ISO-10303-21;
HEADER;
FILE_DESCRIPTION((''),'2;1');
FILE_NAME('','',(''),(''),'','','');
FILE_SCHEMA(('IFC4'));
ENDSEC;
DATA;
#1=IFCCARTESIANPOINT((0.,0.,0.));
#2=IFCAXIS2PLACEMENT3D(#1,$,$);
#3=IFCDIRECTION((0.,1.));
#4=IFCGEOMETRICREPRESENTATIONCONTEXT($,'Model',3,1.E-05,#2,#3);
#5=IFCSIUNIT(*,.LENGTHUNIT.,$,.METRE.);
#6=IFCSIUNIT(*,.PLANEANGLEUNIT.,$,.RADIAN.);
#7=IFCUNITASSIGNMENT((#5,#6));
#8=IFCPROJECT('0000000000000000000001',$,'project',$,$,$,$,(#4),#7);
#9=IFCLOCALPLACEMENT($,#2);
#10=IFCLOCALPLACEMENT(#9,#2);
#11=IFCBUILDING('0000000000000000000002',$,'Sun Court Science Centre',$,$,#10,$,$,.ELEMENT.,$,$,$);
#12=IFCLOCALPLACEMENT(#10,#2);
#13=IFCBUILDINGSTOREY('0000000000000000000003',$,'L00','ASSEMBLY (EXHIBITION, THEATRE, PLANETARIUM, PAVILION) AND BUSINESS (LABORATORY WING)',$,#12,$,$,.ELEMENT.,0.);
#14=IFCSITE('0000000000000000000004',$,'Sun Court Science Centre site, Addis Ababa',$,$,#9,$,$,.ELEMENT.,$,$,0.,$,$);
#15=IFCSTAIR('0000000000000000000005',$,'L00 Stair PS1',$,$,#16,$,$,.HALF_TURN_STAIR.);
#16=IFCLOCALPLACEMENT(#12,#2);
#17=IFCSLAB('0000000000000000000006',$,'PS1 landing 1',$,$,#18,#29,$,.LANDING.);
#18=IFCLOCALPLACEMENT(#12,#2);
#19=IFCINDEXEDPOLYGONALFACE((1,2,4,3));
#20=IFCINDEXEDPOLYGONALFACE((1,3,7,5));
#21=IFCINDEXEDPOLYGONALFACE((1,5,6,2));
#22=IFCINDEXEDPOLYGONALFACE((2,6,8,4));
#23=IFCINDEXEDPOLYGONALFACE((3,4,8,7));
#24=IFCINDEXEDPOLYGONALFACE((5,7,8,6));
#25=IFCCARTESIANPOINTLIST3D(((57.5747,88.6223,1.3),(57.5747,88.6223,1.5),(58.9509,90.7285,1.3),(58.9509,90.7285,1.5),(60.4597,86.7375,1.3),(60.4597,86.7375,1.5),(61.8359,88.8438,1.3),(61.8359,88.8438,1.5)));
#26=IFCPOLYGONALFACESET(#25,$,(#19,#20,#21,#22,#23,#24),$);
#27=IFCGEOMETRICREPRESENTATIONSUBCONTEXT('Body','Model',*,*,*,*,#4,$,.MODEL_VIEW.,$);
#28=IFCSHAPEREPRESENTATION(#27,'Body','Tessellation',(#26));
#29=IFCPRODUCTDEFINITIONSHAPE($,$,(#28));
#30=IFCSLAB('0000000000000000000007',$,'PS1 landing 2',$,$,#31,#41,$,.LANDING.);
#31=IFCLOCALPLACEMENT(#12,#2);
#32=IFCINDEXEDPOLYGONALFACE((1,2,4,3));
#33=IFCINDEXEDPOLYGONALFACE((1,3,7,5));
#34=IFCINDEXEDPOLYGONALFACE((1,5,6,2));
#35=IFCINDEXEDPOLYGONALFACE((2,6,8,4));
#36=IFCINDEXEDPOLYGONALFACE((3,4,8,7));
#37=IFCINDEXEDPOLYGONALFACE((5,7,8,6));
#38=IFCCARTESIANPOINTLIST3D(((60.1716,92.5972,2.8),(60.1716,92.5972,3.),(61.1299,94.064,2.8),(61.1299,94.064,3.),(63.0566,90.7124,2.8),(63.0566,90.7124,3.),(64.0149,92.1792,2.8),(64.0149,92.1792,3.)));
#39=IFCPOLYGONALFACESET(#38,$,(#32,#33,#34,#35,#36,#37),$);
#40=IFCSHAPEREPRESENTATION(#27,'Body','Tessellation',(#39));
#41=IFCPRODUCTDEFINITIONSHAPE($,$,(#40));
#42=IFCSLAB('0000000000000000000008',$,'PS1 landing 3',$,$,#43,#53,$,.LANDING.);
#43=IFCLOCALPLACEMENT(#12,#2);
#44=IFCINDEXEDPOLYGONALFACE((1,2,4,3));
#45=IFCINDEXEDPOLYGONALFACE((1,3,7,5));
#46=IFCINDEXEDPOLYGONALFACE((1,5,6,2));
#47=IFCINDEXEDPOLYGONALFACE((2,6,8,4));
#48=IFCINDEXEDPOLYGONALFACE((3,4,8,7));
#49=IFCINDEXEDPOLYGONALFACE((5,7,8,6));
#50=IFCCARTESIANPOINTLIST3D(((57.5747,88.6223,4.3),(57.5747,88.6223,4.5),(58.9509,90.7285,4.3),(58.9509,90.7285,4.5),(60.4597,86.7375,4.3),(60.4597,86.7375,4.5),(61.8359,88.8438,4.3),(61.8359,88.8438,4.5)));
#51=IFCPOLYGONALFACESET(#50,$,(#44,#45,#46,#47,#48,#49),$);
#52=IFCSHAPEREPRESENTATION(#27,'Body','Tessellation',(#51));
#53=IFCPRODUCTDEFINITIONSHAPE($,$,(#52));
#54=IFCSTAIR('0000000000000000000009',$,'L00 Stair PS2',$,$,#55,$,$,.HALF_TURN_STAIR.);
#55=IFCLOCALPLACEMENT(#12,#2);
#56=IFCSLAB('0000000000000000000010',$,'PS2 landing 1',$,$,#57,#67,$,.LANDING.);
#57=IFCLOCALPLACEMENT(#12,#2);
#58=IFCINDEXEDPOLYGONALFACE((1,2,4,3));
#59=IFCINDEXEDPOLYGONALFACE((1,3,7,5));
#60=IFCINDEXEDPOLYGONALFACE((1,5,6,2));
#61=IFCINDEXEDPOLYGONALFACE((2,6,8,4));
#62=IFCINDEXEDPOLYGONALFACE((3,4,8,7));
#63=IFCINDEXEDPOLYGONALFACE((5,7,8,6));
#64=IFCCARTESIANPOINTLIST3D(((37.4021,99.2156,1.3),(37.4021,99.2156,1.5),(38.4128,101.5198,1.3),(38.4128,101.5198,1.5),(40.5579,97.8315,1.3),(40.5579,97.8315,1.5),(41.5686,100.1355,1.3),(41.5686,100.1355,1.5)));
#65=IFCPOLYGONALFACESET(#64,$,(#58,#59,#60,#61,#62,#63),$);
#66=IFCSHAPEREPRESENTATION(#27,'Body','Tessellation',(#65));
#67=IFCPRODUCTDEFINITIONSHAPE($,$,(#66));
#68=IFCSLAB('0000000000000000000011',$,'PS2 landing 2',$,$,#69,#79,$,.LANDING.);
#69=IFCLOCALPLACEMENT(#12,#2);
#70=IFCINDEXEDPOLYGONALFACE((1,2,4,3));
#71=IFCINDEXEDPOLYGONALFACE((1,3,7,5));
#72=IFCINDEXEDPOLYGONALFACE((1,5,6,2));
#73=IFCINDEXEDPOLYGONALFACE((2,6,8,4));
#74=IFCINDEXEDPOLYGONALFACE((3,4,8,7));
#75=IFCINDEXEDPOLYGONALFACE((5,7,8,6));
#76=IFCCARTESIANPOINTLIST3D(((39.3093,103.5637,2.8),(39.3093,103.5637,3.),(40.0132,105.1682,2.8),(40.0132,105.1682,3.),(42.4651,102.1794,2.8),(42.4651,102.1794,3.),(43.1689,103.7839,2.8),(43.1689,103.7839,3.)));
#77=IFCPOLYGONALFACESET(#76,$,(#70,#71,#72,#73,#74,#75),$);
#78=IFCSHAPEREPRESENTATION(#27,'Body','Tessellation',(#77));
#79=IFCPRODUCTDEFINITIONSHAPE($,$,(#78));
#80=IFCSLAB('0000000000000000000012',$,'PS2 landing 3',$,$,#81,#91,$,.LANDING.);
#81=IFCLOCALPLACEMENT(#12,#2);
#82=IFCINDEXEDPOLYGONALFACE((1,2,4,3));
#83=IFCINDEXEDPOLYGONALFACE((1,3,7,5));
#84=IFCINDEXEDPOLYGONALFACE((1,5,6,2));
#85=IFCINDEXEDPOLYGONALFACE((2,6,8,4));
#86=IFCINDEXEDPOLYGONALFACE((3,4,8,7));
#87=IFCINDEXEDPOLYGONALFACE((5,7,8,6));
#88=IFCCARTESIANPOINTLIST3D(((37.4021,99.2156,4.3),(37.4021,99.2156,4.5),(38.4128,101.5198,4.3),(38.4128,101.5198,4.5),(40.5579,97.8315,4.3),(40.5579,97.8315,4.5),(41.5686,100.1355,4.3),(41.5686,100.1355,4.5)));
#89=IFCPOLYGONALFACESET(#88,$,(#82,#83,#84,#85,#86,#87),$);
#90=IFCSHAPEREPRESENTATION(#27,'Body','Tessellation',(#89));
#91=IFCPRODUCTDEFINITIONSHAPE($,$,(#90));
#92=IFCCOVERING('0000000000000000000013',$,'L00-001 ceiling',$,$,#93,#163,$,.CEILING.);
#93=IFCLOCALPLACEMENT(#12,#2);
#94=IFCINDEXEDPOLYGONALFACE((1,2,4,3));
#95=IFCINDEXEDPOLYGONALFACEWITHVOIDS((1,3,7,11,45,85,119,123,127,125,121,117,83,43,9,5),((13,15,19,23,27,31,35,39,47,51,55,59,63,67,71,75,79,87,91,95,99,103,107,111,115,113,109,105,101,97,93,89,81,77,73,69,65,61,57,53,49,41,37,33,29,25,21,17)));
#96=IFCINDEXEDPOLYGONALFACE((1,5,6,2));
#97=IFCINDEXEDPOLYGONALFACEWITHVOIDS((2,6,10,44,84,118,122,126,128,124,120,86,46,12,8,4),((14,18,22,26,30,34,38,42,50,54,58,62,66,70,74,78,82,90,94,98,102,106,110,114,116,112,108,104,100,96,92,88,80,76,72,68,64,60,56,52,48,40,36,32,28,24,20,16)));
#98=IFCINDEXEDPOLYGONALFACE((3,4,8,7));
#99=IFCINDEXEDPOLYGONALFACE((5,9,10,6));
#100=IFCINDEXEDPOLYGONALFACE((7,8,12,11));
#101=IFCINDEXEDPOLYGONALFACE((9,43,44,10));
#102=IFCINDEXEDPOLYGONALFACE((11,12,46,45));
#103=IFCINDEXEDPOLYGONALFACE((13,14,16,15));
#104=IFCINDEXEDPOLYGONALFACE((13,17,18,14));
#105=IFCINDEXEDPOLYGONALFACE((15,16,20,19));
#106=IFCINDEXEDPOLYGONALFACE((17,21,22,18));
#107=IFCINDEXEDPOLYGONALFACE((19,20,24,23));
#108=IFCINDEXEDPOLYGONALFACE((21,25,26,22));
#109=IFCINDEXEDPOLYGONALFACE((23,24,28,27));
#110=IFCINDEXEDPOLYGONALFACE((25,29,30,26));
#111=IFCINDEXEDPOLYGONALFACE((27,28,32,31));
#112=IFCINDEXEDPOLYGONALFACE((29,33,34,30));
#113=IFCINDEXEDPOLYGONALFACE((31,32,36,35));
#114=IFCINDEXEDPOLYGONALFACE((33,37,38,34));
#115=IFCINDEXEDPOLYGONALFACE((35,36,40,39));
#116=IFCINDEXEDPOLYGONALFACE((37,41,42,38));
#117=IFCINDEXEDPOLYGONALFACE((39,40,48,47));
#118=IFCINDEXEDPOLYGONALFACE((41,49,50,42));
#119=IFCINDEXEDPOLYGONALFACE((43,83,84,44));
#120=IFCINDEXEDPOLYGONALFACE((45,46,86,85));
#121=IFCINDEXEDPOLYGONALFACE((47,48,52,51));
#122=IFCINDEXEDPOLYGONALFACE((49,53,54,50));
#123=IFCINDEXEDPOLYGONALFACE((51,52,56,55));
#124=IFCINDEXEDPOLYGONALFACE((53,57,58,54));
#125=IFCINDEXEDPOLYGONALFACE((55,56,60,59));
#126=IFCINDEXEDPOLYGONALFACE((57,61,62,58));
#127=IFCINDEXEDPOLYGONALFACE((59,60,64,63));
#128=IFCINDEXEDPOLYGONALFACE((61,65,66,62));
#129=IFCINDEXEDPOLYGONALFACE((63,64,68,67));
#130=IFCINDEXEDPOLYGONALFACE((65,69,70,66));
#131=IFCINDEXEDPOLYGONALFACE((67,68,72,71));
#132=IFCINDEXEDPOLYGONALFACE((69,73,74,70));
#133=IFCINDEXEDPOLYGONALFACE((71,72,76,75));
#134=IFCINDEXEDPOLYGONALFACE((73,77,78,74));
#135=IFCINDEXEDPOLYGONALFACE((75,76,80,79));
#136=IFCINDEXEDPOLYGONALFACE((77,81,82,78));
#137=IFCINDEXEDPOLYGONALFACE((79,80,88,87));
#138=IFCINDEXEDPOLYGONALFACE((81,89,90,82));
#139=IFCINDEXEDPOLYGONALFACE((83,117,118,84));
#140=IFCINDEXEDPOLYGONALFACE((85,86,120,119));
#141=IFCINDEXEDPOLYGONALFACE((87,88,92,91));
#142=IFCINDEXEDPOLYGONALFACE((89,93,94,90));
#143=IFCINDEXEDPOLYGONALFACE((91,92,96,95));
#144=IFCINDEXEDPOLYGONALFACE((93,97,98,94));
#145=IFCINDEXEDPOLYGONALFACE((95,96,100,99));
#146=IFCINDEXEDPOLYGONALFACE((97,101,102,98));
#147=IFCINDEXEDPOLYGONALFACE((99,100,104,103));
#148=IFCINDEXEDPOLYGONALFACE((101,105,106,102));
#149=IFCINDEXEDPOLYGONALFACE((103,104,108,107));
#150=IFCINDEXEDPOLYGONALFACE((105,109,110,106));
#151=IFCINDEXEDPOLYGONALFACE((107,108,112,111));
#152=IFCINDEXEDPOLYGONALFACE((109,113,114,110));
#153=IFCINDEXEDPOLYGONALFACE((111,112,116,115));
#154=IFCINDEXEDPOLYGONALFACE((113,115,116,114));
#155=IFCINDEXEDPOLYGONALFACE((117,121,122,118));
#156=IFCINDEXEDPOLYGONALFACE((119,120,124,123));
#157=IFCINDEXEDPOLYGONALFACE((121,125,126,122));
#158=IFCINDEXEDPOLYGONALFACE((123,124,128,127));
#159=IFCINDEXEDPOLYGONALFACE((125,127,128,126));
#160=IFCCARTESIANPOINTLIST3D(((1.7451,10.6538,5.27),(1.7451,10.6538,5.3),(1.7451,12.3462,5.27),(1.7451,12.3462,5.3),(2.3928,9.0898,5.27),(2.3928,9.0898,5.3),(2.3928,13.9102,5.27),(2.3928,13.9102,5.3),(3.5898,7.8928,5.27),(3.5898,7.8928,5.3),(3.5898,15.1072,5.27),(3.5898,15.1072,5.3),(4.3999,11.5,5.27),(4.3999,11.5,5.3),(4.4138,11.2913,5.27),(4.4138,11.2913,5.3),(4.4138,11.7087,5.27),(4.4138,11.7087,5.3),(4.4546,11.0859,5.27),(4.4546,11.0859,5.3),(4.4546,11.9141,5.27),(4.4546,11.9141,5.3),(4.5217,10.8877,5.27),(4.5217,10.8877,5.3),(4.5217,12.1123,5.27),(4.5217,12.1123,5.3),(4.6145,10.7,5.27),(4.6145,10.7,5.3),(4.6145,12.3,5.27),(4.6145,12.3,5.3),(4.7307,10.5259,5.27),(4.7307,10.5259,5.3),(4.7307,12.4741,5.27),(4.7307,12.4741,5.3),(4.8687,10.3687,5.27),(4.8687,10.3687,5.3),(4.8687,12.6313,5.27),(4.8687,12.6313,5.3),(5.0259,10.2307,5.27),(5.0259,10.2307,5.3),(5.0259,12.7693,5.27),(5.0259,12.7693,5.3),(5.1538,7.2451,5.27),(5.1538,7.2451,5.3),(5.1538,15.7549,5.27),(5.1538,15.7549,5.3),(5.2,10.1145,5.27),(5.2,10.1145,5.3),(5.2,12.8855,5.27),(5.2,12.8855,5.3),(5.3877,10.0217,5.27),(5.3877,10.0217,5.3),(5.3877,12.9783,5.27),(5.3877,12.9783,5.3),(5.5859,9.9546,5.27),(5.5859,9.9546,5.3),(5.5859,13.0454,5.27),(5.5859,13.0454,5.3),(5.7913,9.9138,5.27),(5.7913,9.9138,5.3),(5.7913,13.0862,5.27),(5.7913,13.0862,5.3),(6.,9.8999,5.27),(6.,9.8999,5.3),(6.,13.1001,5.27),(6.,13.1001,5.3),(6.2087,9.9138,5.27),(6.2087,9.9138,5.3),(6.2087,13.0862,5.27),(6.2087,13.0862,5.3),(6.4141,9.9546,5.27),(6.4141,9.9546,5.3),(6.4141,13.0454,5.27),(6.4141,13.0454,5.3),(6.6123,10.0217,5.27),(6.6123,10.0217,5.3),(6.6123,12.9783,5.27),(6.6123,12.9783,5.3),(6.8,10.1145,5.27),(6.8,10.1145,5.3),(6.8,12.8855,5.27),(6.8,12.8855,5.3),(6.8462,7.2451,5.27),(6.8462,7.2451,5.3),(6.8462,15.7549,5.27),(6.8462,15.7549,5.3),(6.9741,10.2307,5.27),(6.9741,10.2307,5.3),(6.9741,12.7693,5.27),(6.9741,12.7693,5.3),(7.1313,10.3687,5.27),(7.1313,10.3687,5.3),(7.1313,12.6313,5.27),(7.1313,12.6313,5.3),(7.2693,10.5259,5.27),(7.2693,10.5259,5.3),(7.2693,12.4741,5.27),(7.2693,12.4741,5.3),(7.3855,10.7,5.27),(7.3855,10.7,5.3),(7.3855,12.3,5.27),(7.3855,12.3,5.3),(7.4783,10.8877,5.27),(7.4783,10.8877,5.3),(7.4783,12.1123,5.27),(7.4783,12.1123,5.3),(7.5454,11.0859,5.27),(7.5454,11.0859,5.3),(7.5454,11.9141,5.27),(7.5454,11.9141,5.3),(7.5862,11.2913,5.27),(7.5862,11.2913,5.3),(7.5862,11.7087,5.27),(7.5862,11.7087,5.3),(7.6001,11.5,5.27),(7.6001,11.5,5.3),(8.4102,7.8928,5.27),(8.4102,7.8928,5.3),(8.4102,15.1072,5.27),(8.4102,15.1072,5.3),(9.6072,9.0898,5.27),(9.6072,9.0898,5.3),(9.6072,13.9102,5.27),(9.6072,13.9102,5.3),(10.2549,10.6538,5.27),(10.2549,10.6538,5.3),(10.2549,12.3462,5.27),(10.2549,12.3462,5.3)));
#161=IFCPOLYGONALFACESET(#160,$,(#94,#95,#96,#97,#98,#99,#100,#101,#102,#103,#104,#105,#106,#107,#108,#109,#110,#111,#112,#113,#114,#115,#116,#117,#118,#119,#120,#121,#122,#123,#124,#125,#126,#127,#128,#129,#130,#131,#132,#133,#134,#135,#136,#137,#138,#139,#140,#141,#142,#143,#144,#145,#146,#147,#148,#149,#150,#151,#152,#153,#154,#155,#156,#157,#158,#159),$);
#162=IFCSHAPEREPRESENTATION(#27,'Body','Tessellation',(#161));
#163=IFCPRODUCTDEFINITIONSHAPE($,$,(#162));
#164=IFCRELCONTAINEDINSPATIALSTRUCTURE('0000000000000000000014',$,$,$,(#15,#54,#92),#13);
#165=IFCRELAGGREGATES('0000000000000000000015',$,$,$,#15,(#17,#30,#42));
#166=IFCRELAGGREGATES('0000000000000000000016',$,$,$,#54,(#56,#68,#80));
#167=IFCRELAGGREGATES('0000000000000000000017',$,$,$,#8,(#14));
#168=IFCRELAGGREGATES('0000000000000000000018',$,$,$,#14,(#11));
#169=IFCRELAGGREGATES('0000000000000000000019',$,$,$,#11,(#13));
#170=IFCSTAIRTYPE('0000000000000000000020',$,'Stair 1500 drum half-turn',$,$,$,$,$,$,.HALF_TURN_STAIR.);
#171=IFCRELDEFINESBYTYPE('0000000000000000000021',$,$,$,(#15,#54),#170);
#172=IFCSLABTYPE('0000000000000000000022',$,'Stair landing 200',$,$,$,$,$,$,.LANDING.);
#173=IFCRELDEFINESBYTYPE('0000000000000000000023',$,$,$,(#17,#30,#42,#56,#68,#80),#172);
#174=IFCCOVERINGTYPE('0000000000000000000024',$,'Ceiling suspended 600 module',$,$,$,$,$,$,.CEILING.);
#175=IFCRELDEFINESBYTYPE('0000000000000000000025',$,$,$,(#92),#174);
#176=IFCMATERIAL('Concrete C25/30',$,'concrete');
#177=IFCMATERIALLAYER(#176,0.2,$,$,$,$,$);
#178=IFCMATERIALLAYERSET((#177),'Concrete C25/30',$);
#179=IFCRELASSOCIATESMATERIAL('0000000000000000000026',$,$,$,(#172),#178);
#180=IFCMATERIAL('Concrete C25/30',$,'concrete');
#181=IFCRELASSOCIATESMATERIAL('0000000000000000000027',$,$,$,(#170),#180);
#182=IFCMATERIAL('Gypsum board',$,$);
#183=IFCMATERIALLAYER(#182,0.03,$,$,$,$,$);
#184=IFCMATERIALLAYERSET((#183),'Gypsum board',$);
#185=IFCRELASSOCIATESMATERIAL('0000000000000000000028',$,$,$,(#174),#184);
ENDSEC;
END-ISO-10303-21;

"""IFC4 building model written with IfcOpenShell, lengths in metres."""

from ifc_helpers import new_model, si_unit, direction, frame, origin, place, context, subcontext, project, spatial, polyline, outline, extrude, material, layer, layer_set, type_object, element, aggregate, save


model = new_model("IFC4")

# Units and contexts
model_context = context("Model", 3, precision=1e-05, world=origin(), true_north=direction((0.0, 1.0)))
body_context = subcontext(model_context, "Body", "Model", "MODEL_VIEW")
ifc_project = project(units=[si_unit("LENGTHUNIT", "METRE"), si_unit("PLANEANGLEUNIT", "RADIAN")], contexts=[model_context])

# Site, building, storey
site_placement = place(None, origin())
site = spatial("IfcSite", under=ifc_project, at=site_placement, Name="Sun Court Science Centre site, Addis Ababa", CompositionType="ELEMENT", RefElevation=0.0)
building_placement = place(site_placement, origin())
building = spatial("IfcBuilding", under=site, at=building_placement, Name="Sun Court Science Centre", CompositionType="ELEMENT")
storey_placement = place(building_placement, origin())
storey = spatial("IfcBuildingStorey", under=building, at=storey_placement, Name="L00", Description="ASSEMBLY (EXHIBITION, THEATRE, PLANETARIUM, PAVILION) AND BUSINESS (LABORATORY WING)", CompositionType="ELEMENT", Elevation=0.0)

# Shared definitions
ifc_material_1 = material(Name="Concrete C25/30", Category="concrete")
ifc_layer_1 = layer(ifc_material_1, 0.2)
ifc_layer_set_1 = layer_set([ifc_layer_1], Name="Concrete C25/30")
slab_type = type_object("IfcSlabType", Name="Stair landing 200", PredefinedType="LANDING", material=ifc_layer_set_1)

# Stairs, slabs
ifc_material_2 = material(Name="Concrete C25/30", Category="concrete")
stair_type_1 = type_object("IfcStairType", Name="Stair 1500 drum half-turn", PredefinedType="HALF_TURN_STAIR", material=ifc_material_2)
stair_1_placement = place(storey_placement, origin())
stair_1 = element("IfcStair", 1, at=stair_1_placement, inside=storey, type_object=stair_type_1, Name="L00 Stair PS1", PredefinedType="HALF_TURN_STAIR")
slab_1_placement = place(storey_placement, frame((0.0, 0.0, 1.3)))
slab_1 = element("IfcSlab", 2, at=slab_1_placement, type_object=slab_type, Name="PS1 landing 1", PredefinedType="LANDING", context=body_context, shape_type="SweptSolid", body=[
    extrude(outline(polyline([(58.9509, 90.7285), (57.5747, 88.6223), (60.4597, 86.7375), (61.8359, 88.8438), (58.9509, 90.7285)])), origin(), (0.0, 0.0, 1.0), 0.2),
])
slab_2_placement = place(storey_placement, frame((0.0, 0.0, 2.8)))
slab_2 = element("IfcSlab", 3, at=slab_2_placement, type_object=slab_type, Name="PS1 landing 2", PredefinedType="LANDING", context=body_context, shape_type="SweptSolid", body=[
    extrude(outline(polyline([(61.1299, 94.064), (60.1716, 92.5972), (63.0566, 90.7124), (64.0149, 92.1792), (61.1299, 94.064)])), origin(), (0.0, 0.0, 1.0), 0.2),
])
slab_3_placement = place(storey_placement, frame((0.0, 0.0, 4.3)))
slab_3 = element("IfcSlab", 4, at=slab_3_placement, type_object=slab_type, Name="PS1 landing 3", PredefinedType="LANDING", context=body_context, shape_type="SweptSolid", body=[
    extrude(outline(polyline([(58.9509, 90.7285), (57.5747, 88.6223), (60.4597, 86.7375), (61.8359, 88.8438), (58.9509, 90.7285)])), origin(), (0.0, 0.0, 1.0), 0.2),
])
aggregate(stair_1, [slab_1, slab_2, slab_3])
stair_2_placement = place(storey_placement, origin())
stair_2 = element("IfcStair", 5, at=stair_2_placement, inside=storey, type_object=stair_type_1, Name="L00 Stair PS2", PredefinedType="HALF_TURN_STAIR")
slab_4_placement = place(storey_placement, frame((0.0, 0.0, 1.3)))
slab_4 = element("IfcSlab", 6, at=slab_4_placement, type_object=slab_type, Name="PS2 landing 1", PredefinedType="LANDING", context=body_context, shape_type="SweptSolid", body=[
    extrude(outline(polyline([(38.4128, 101.5198), (37.4021, 99.2156), (40.5579, 97.8315), (41.5686, 100.1355), (38.4128, 101.5198)])), origin(), (0.0, 0.0, 1.0), 0.2),
])
slab_5_placement = place(storey_placement, frame((0.0, 0.0, 2.8)))
slab_5 = element("IfcSlab", 7, at=slab_5_placement, type_object=slab_type, Name="PS2 landing 2", PredefinedType="LANDING", context=body_context, shape_type="SweptSolid", body=[
    extrude(outline(polyline([(40.0132, 105.1682), (39.3093, 103.5637), (42.4651, 102.1794), (43.1689, 103.7839), (40.0132, 105.1682)])), origin(), (0.0, 0.0, 1.0), 0.2),
])
slab_6_placement = place(storey_placement, frame((0.0, 0.0, 4.3)))
slab_6 = element("IfcSlab", 8, at=slab_6_placement, type_object=slab_type, Name="PS2 landing 3", PredefinedType="LANDING", context=body_context, shape_type="SweptSolid", body=[
    extrude(outline(polyline([(38.4128, 101.5198), (37.4021, 99.2156), (40.5579, 97.8315), (41.5686, 100.1355), (38.4128, 101.5198)])), origin(), (0.0, 0.0, 1.0), 0.2),
])
aggregate(stair_2, [slab_4, slab_5, slab_6])

# Covering
ifc_material_3 = material(Name="Gypsum board")
ifc_layer_2 = layer(ifc_material_3, 0.03)
ifc_layer_set_2 = layer_set([ifc_layer_2], Name="Gypsum board")
covering_type = type_object("IfcCoveringType", Name="Ceiling suspended 600 module", PredefinedType="CEILING", material=ifc_layer_set_2)
covering_1_placement = place(storey_placement, frame((0.0, 0.0, 5.27)))
element("IfcCovering", 9, at=covering_1_placement, inside=storey, type_object=covering_type, Name="L00-001 ceiling", PredefinedType="CEILING", context=body_context, shape_type="SweptSolid", body=[
    extrude(outline(polyline([(9.6072, 9.0898), (8.4102, 7.8928), (6.8462, 7.2451), (5.1538, 7.2451), (3.5898, 7.8928), (2.3928, 9.0898), (1.7451, 10.6538), (1.7451, 12.3462), (2.3928, 13.9102), (3.5898, 15.1072), (5.1538, 15.7549), (6.8462, 15.7549), (8.4102, 15.1072), (9.6072, 13.9102), (10.2549, 12.3462), (10.2549, 10.6538), (9.6072, 9.0898)]), holes=[polyline([(7.4783, 12.1123), (7.3855, 12.3), (7.2693, 12.4741), (7.1313, 12.6313), (6.9741, 12.7693), (6.8, 12.8855), (6.6123, 12.9783), (6.4141, 13.0454), (6.2087, 13.0862), (6.0, 13.1001), (5.7913, 13.0862), (5.5859, 13.0454), (5.3877, 12.9783), (5.2, 12.8855), (5.0259, 12.7693), (4.8687, 12.6313), (4.7307, 12.4741), (4.6145, 12.3), (4.5217, 12.1123), (4.4546, 11.9141), (4.4138, 11.7087), (4.3999, 11.5), (4.4138, 11.2913), (4.4546, 11.0859), (4.5217, 10.8877), (4.6145, 10.7), (4.7307, 10.5259), (4.8687, 10.3687), (5.0259, 10.2307), (5.2, 10.1145), (5.3877, 10.0217), (5.5859, 9.9546), (5.7913, 9.9138), (6.0, 9.8999), (6.2087, 9.9138), (6.4141, 9.9546), (6.6123, 10.0217), (6.8, 10.1145), (6.9741, 10.2307), (7.1313, 10.3687), (7.2693, 10.5259), (7.3855, 10.7), (7.4783, 10.8877), (7.5454, 11.0859), (7.5862, 11.2913), (7.6001, 11.5), (7.5862, 11.7087), (7.5454, 11.9141), (7.4783, 12.1123)])]), origin(), (0.0, 0.0, 1.0), 0.03),
])

save(model, "model.ifc")
